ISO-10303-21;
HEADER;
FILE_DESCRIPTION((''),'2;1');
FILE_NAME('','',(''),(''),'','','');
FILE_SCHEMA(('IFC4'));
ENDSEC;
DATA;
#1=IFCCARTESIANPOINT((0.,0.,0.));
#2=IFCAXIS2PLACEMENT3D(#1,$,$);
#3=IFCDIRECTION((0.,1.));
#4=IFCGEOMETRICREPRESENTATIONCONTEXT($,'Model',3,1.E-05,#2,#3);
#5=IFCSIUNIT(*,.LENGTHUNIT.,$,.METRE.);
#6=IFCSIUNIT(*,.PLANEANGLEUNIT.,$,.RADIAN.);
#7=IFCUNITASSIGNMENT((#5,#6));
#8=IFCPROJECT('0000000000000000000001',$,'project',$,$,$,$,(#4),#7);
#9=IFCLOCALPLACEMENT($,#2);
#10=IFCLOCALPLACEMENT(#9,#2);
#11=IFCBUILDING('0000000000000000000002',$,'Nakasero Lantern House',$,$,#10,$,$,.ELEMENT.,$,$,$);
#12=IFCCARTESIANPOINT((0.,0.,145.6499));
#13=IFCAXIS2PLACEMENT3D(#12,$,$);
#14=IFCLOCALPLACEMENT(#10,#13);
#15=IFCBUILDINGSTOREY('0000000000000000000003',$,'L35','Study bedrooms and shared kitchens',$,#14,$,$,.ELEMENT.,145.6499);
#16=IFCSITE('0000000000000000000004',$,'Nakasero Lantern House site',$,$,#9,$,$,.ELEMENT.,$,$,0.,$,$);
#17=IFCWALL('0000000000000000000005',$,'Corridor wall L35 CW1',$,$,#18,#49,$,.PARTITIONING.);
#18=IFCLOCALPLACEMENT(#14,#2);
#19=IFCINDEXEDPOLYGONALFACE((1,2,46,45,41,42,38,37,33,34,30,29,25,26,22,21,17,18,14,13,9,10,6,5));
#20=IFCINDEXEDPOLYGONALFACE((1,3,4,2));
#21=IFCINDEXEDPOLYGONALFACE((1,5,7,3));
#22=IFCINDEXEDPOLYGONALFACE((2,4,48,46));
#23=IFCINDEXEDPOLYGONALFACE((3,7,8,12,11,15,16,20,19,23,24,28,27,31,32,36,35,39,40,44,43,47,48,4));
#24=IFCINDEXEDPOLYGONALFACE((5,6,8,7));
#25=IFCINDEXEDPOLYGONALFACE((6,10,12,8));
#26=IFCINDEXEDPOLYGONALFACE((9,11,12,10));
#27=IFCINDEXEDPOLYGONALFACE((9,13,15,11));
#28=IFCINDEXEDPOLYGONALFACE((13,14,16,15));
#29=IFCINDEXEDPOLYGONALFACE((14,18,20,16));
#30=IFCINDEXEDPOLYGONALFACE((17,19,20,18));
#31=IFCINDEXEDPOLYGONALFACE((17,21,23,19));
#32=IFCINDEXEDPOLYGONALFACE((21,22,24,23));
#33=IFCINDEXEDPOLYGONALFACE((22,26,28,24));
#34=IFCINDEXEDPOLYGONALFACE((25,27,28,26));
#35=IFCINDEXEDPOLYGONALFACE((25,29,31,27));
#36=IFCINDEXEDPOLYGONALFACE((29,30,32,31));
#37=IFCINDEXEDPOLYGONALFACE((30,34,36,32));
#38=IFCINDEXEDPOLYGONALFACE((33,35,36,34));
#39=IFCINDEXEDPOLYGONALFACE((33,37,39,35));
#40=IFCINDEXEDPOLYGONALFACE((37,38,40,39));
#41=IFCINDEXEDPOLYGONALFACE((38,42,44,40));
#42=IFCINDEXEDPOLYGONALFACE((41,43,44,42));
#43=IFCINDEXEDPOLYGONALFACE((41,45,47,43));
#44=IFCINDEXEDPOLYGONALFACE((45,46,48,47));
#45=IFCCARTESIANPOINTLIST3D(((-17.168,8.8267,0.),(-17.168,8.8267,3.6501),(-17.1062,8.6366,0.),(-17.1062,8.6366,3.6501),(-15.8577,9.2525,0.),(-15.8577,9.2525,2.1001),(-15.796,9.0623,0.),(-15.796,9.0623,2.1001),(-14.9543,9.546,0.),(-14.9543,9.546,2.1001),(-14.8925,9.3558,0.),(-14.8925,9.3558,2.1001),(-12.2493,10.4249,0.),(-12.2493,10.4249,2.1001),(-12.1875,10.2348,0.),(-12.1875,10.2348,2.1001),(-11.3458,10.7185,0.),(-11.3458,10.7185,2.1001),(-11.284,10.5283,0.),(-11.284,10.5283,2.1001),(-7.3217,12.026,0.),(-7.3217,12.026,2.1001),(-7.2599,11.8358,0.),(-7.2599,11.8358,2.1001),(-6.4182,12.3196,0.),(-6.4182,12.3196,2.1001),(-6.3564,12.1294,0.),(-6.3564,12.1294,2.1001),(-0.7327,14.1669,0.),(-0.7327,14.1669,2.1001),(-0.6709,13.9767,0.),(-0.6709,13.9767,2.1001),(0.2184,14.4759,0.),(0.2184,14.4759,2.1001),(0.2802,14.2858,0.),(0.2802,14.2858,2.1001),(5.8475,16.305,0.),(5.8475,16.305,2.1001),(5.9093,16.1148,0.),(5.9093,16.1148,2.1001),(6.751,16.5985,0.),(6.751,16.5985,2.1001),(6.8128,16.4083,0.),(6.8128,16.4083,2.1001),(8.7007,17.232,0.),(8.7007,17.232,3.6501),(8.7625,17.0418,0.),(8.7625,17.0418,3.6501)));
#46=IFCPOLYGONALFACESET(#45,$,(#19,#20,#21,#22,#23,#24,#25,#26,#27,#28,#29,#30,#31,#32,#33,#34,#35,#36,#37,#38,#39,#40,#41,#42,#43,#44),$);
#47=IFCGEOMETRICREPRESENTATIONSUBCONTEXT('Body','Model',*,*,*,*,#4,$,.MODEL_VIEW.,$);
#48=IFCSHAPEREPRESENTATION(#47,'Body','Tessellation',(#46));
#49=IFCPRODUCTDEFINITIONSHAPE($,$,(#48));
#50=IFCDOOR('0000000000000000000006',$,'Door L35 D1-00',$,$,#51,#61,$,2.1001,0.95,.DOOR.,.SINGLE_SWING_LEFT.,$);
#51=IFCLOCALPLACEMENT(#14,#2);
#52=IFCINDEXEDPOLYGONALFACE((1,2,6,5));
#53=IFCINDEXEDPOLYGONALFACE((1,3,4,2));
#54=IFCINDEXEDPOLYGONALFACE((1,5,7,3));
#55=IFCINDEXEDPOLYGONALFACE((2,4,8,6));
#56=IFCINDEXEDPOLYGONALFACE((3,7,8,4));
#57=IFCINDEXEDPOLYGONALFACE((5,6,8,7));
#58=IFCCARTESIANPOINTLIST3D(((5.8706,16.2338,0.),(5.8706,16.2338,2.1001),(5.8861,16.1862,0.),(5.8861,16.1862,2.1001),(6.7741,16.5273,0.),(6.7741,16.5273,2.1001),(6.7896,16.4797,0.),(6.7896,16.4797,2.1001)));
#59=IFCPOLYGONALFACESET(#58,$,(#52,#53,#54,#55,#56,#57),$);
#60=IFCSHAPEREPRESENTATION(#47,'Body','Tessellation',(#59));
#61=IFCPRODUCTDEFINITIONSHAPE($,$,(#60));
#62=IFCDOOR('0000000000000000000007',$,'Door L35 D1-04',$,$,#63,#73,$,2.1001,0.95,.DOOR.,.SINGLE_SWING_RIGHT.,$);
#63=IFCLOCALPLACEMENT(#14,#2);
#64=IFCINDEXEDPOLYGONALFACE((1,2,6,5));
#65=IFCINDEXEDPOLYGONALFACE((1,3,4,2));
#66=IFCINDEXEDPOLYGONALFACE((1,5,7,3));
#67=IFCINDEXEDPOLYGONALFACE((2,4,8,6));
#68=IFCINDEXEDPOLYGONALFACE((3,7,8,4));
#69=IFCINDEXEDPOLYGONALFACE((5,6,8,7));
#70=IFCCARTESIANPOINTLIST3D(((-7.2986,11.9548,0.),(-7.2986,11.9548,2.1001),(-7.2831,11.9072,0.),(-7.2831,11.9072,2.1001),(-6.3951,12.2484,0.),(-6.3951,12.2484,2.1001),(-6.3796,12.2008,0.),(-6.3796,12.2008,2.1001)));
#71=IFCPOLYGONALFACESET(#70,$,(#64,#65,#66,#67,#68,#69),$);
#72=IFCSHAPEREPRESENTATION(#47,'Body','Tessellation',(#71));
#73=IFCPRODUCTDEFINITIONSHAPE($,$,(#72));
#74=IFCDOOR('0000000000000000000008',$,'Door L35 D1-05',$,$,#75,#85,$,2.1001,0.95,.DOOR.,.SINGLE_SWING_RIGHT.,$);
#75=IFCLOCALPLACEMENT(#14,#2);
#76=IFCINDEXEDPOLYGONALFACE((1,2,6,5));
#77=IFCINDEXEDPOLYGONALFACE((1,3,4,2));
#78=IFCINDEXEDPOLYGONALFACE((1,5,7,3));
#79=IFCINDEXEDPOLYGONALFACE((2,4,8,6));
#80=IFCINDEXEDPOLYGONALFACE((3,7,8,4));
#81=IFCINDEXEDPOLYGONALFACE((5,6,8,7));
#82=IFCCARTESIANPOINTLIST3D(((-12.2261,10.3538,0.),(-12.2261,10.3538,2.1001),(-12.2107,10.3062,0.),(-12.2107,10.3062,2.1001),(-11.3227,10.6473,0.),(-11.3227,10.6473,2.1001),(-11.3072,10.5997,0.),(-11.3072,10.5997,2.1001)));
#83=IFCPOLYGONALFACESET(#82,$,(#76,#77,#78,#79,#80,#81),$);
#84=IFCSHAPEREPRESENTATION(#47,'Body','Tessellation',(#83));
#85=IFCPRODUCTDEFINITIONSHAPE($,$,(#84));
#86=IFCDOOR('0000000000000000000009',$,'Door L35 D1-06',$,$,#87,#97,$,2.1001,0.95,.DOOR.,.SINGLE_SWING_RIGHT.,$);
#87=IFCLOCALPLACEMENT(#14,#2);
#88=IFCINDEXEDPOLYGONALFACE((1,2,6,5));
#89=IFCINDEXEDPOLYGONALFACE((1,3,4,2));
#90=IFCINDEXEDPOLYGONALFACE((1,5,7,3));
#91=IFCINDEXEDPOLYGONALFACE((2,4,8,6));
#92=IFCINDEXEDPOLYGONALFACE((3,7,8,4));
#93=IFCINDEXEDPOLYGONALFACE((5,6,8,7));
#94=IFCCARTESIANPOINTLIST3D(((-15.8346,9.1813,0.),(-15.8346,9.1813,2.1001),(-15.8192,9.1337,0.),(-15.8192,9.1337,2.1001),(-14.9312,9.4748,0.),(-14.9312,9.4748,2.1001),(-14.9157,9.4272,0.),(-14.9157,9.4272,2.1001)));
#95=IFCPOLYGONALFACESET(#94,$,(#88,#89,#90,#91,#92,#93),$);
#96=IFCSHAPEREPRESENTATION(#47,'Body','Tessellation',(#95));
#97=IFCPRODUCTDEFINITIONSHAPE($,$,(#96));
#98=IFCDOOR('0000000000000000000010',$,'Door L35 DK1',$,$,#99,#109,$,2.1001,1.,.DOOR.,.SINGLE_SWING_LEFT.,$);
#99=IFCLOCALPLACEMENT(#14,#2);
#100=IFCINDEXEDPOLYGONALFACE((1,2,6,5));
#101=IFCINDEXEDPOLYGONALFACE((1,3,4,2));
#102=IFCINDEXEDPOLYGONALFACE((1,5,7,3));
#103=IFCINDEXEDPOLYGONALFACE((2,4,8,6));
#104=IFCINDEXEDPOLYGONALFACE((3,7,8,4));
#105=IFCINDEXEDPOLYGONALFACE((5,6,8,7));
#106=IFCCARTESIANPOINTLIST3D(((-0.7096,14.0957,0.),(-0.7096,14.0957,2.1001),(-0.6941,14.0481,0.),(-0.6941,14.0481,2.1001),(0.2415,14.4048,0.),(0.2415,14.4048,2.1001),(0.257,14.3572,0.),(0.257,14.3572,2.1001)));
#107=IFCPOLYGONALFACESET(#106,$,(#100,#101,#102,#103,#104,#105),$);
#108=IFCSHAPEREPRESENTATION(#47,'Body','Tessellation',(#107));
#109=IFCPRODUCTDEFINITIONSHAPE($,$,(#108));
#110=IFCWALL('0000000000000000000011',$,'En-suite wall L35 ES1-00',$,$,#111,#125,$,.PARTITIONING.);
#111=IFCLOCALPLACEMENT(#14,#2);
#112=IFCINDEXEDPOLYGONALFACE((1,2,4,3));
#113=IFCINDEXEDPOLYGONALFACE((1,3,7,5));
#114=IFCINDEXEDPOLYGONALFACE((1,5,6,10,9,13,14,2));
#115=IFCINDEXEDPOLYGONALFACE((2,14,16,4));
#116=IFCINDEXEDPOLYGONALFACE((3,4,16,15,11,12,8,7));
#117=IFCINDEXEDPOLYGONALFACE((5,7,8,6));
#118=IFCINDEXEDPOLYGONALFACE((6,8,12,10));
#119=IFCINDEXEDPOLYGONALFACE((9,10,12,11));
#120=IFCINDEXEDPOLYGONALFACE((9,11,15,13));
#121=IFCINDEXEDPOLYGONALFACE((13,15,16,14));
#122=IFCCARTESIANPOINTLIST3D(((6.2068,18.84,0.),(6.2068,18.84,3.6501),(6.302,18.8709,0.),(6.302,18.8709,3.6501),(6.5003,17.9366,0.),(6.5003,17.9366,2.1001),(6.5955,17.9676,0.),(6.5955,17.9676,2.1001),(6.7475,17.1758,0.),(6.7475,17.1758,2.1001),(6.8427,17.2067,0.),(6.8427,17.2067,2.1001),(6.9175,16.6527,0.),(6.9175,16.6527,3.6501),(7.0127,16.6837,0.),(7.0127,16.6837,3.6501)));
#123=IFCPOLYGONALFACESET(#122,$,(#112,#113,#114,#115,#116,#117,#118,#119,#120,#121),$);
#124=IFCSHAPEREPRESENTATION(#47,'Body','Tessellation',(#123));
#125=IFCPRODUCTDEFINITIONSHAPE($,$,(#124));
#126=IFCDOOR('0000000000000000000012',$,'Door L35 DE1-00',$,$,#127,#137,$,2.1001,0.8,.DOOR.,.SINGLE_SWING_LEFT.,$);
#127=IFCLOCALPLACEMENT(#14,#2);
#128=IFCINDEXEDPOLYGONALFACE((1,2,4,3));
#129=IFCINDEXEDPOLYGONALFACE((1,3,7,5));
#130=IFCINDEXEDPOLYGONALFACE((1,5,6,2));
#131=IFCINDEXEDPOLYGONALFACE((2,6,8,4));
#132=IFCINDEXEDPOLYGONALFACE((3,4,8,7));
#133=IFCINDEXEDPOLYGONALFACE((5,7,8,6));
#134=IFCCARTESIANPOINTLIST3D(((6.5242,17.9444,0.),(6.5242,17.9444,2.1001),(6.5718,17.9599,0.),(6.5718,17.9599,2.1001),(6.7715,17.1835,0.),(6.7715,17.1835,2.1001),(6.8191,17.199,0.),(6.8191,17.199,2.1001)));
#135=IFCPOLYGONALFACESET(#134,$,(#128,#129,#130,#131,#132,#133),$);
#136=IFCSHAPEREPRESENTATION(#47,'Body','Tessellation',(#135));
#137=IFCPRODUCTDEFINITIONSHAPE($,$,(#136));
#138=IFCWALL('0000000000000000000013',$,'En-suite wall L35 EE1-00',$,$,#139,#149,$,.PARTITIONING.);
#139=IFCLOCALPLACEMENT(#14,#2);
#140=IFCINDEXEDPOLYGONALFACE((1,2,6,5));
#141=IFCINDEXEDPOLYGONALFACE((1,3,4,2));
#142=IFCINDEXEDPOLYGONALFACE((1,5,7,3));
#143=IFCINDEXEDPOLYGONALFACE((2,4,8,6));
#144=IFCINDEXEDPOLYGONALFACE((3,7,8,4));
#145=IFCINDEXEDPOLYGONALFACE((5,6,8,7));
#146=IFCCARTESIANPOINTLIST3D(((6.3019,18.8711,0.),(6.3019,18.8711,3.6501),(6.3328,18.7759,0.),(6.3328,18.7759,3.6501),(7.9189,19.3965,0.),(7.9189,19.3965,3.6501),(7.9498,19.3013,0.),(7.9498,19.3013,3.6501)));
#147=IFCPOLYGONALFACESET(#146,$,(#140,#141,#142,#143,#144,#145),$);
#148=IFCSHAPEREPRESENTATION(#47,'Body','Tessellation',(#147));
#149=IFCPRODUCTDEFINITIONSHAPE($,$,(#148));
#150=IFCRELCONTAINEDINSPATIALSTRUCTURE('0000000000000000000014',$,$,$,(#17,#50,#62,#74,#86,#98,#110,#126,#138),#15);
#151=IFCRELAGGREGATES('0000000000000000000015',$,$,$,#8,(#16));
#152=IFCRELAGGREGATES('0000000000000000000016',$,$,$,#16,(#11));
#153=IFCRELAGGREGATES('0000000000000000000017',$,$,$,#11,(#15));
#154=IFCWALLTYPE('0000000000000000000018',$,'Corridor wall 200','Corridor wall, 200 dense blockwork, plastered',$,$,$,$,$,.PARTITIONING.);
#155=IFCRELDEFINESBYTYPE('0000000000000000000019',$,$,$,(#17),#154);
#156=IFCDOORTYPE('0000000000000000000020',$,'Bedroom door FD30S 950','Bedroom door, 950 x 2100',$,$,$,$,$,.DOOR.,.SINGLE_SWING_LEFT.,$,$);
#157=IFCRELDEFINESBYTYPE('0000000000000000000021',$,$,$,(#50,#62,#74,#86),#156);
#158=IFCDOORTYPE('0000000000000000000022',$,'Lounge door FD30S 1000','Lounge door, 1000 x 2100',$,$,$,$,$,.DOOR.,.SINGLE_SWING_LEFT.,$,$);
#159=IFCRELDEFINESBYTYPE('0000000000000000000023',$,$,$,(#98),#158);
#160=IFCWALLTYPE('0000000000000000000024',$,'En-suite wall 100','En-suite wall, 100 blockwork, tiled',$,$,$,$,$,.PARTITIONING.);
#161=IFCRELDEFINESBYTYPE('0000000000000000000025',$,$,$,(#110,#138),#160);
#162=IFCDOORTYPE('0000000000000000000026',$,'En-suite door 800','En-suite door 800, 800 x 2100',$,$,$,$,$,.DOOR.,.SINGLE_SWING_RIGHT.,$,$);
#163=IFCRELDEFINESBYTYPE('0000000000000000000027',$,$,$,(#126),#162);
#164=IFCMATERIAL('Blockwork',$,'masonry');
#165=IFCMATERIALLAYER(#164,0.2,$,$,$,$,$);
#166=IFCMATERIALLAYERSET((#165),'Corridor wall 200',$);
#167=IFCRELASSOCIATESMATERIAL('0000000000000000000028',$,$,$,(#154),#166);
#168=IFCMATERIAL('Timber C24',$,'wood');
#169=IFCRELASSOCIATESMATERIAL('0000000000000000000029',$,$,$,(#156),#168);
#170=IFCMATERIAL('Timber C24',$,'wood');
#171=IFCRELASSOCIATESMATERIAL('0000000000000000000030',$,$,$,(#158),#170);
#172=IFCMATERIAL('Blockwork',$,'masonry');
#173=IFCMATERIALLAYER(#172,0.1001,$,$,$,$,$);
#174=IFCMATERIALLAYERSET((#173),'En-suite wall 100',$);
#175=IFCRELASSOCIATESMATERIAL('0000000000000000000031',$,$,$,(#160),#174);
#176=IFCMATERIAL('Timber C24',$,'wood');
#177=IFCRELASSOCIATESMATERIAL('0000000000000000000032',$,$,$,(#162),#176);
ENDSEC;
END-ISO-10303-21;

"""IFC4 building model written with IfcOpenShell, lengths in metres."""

from ifc_helpers import new_model, si_unit, direction, frame, frame_2d, origin, place, context, subcontext, project, spatial, rectangle, extrude, material, layer, layer_set, type_object, element, fill, save


model = new_model("IFC4")

# Units and contexts
model_context = context("Model", 3, precision=1e-05, world=origin(), true_north=direction((0.0, 1.0)))
body_context = subcontext(model_context, "Body", "Model", "MODEL_VIEW")
ifc_project = project(units=[si_unit("LENGTHUNIT", "METRE"), si_unit("PLANEANGLEUNIT", "RADIAN")], contexts=[model_context])

# Site, building, storey
site_placement = place(None, origin())
site = spatial("IfcSite", under=ifc_project, at=site_placement, Name="Nakasero Lantern House site", CompositionType="ELEMENT", RefElevation=0.0)
building_placement = place(site_placement, origin())
building = spatial("IfcBuilding", under=site, at=building_placement, Name="Nakasero Lantern House", CompositionType="ELEMENT")
storey_placement = place(building_placement, frame((0.0, 0.0, 145.6499)))
storey = spatial("IfcBuildingStorey", under=building, at=storey_placement, Name="L35", Description="Study bedrooms and shared kitchens", CompositionType="ELEMENT", Elevation=145.6499)

# Wall, openings, doors
ifc_material_1 = material(Name="Blockwork", Category="masonry")
ifc_layer_1 = layer(ifc_material_1, 0.2)
ifc_layer_set_1 = layer_set([ifc_layer_1], Name="Corridor wall 200")
wall_type_1 = type_object("IfcWallType", Name="Corridor wall 200", Description="Corridor wall, 200 dense blockwork, plastered", PredefinedType="PARTITIONING", material=ifc_layer_set_1)
wall_1_placement = place(storey_placement, frame((8.7317, 17.137, 0.0), z_axis=(0.0, 0.0, 1.0), x_axis=(-0.951056, -0.309018, 0.0)))
wall_1 = element("IfcWall", 1, at=wall_1_placement, inside=storey, type_object=wall_type_1, Name="Corridor wall L35 CW1", PredefinedType="PARTITIONING", context=body_context, shape_type="SweptSolid", body=[
    extrude(rectangle(XDim=27.2, YDim=0.2, at=frame_2d((13.6001, 0.0))), origin(), (0.0, 0.0, 1.0), 3.6501),
])
opening_1_placement = place(wall_1_placement, frame((2.05, 0.0, 0.0)))
opening_1 = element("IfcOpeningElement", 2, at=opening_1_placement, cuts=wall_1, PredefinedType="OPENING", context=body_context, shape_type="SweptSolid", body=[
    extrude(rectangle(XDim=0.95, YDim=2.1001, at=frame_2d((0.4751, 1.05))), frame((0.0, 0.1199, 0.0), z_axis=(0.0, -1.0, 0.0), x_axis=(1.0, 0.0, 0.0)), (0.0, 0.0, 1.0), 0.24),
])
opening_2_placement = place(wall_1_placement, frame((15.897, 0.0, 0.0)))
opening_2 = element("IfcOpeningElement", 3, at=opening_2_placement, cuts=wall_1, PredefinedType="OPENING", context=body_context, shape_type="SweptSolid", body=[
    extrude(rectangle(XDim=0.95, YDim=2.1001, at=frame_2d((0.4751, 1.05))), frame((0.0, 0.1199, 0.0), z_axis=(0.0, -1.0, 0.0), x_axis=(1.0, 0.0, 0.0)), (0.0, 0.0, 1.0), 0.24),
])
opening_3_placement = place(wall_1_placement, frame((21.0781, 0.0, 0.0)))
opening_3 = element("IfcOpeningElement", 4, at=opening_3_placement, cuts=wall_1, PredefinedType="OPENING", context=body_context, shape_type="SweptSolid", body=[
    extrude(rectangle(XDim=0.95, YDim=2.1001, at=frame_2d((0.4751, 1.05))), frame((0.0, 0.1199, 0.0), z_axis=(0.0, -1.0, 0.0), x_axis=(1.0, 0.0, 0.0)), (0.0, 0.0, 1.0), 0.24),
])
opening_4_placement = place(wall_1_placement, frame((24.8723, 0.0, 0.0)))
opening_4 = element("IfcOpeningElement", 5, at=opening_4_placement, cuts=wall_1, PredefinedType="OPENING", context=body_context, shape_type="SweptSolid", body=[
    extrude(rectangle(XDim=0.95, YDim=2.1001, at=frame_2d((0.4751, 1.05))), frame((0.0, 0.1199, 0.0), z_axis=(0.0, -1.0, 0.0), x_axis=(1.0, 0.0, 0.0)), (0.0, 0.0, 1.0), 0.24),
])
opening_5_placement = place(wall_1_placement, frame((8.9189, 0.0, 0.0)))
opening_5 = element("IfcOpeningElement", 6, at=opening_5_placement, cuts=wall_1, PredefinedType="OPENING", context=body_context, shape_type="SweptSolid", body=[
    extrude(rectangle(XDim=1.0, YDim=2.1001, at=frame_2d((0.5, 1.05))), frame((0.0, 0.1199, 0.0), z_axis=(0.0, -1.0, 0.0), x_axis=(1.0, 0.0, 0.0)), (0.0, 0.0, 1.0), 0.24),
])
ifc_material_2 = material(Name="Timber C24", Category="wood")
door_type_1 = type_object("IfcDoorType", Name="Bedroom door FD30S 950", Description="Bedroom door, 950 x 2100", OperationType="SINGLE_SWING_LEFT", PredefinedType="DOOR", material=ifc_material_2)
door_1_placement = place(opening_1_placement, origin())
door_1 = element("IfcDoor", 7, at=door_1_placement, inside=storey, type_object=door_type_1, Name="Door L35 D1-00", OperationType="SINGLE_SWING_LEFT", OverallHeight=2.1001, OverallWidth=0.95, PredefinedType="DOOR", context=body_context, shape_type="SweptSolid", body=[
    extrude(rectangle(XDim=0.95, YDim=2.1001, at=frame_2d((0.4751, 1.05))), frame((0.0, 0.0249, 0.0), z_axis=(0.0, -1.0, 0.0), x_axis=(1.0, 0.0, 0.0)), (0.0, 0.0, 1.0), 0.05),
])
fill(opening_1, door_1)
door_2_placement = place(opening_2_placement, origin())
door_2 = element("IfcDoor", 8, at=door_2_placement, inside=storey, type_object=door_type_1, Name="Door L35 D1-04", OperationType="SINGLE_SWING_RIGHT", OverallHeight=2.1001, OverallWidth=0.95, PredefinedType="DOOR", context=body_context, shape_type="SweptSolid", body=[
    extrude(rectangle(XDim=0.95, YDim=2.1001, at=frame_2d((0.4751, 1.05))), frame((0.0, 0.0249, 0.0), z_axis=(0.0, -1.0, 0.0), x_axis=(1.0, 0.0, 0.0)), (0.0, 0.0, 1.0), 0.05),
])
fill(opening_2, door_2)
door_3_placement = place(opening_3_placement, origin())
door_3 = element("IfcDoor", 9, at=door_3_placement, inside=storey, type_object=door_type_1, Name="Door L35 D1-05", OperationType="SINGLE_SWING_RIGHT", OverallHeight=2.1001, OverallWidth=0.95, PredefinedType="DOOR", context=body_context, shape_type="SweptSolid", body=[
    extrude(rectangle(XDim=0.95, YDim=2.1001, at=frame_2d((0.4751, 1.05))), frame((0.0, 0.0249, 0.0), z_axis=(0.0, -1.0, 0.0), x_axis=(1.0, 0.0, 0.0)), (0.0, 0.0, 1.0), 0.05),
])
fill(opening_3, door_3)
door_4_placement = place(opening_4_placement, origin())
door_4 = element("IfcDoor", 10, at=door_4_placement, inside=storey, type_object=door_type_1, Name="Door L35 D1-06", OperationType="SINGLE_SWING_RIGHT", OverallHeight=2.1001, OverallWidth=0.95, PredefinedType="DOOR", context=body_context, shape_type="SweptSolid", body=[
    extrude(rectangle(XDim=0.95, YDim=2.1001, at=frame_2d((0.4751, 1.05))), frame((0.0, 0.0249, 0.0), z_axis=(0.0, -1.0, 0.0), x_axis=(1.0, 0.0, 0.0)), (0.0, 0.0, 1.0), 0.05),
])
fill(opening_4, door_4)
ifc_material_3 = material(Name="Timber C24", Category="wood")
door_type_2 = type_object("IfcDoorType", Name="Lounge door FD30S 1000", Description="Lounge door, 1000 x 2100", OperationType="SINGLE_SWING_LEFT", PredefinedType="DOOR", material=ifc_material_3)
door_5_placement = place(opening_5_placement, origin())
door_5 = element("IfcDoor", 11, at=door_5_placement, inside=storey, type_object=door_type_2, Name="Door L35 DK1", OperationType="SINGLE_SWING_LEFT", OverallHeight=2.1001, OverallWidth=1.0, PredefinedType="DOOR", context=body_context, shape_type="SweptSolid", body=[
    extrude(rectangle(XDim=1.0, YDim=2.1001, at=frame_2d((0.5, 1.05))), frame((0.0, 0.0249, 0.0), z_axis=(0.0, -1.0, 0.0), x_axis=(1.0, 0.0, 0.0)), (0.0, 0.0, 1.0), 0.05),
])
fill(opening_5, door_5)

# Wall, opening, door
ifc_material_4 = material(Name="Blockwork", Category="masonry")
ifc_layer_2 = layer(ifc_material_4, 0.1001)
ifc_layer_set_2 = layer_set([ifc_layer_2], Name="En-suite wall 100")
wall_type_2 = type_object("IfcWallType", Name="En-suite wall 100", Description="En-suite wall, 100 blockwork, tiled", PredefinedType="PARTITIONING", material=ifc_layer_set_2)
wall_2_placement = place(storey_placement, frame((6.9651, 16.6682, 0.0), z_axis=(0.0, 0.0, 1.0), x_axis=(-0.309021, 0.951055, 0.0)))
wall_2 = element("IfcWall", 12, at=wall_2_placement, inside=storey, type_object=wall_type_2, Name="En-suite wall L35 ES1-00", PredefinedType="PARTITIONING", context=body_context, shape_type="SweptSolid", body=[
    extrude(rectangle(XDim=2.2998, YDim=0.1001, at=frame_2d((1.1499, 0.0))), origin(), (0.0, 0.0, 1.0), 3.6501),
])
opening_6_placement = place(wall_2_placement, frame((0.55, 0.0, 0.0)))
opening_6 = element("IfcOpeningElement", 13, at=opening_6_placement, cuts=wall_2, PredefinedType="OPENING", context=body_context, shape_type="SweptSolid", body=[
    extrude(rectangle(XDim=0.8, YDim=2.1001, at=frame_2d((0.3999, 1.05))), frame((0.0, 0.0701, 0.0), z_axis=(0.0, -1.0, 0.0), x_axis=(1.0, 0.0, 0.0)), (0.0, 0.0, 1.0), 0.1401),
])
ifc_material_5 = material(Name="Timber C24", Category="wood")
door_type_3 = type_object("IfcDoorType", Name="En-suite door 800", Description="En-suite door 800, 800 x 2100", OperationType="SINGLE_SWING_RIGHT", PredefinedType="DOOR", material=ifc_material_5)
door_6_placement = place(opening_6_placement, origin())
door_6 = element("IfcDoor", 14, at=door_6_placement, inside=storey, type_object=door_type_3, Name="Door L35 DE1-00", OperationType="SINGLE_SWING_LEFT", OverallHeight=2.1001, OverallWidth=0.8, PredefinedType="DOOR", context=body_context, shape_type="SweptSolid", body=[
    extrude(rectangle(XDim=0.8, YDim=2.1001, at=frame_2d((0.3999, 1.05))), frame((0.0, 0.0249, 0.0), z_axis=(0.0, -1.0, 0.0), x_axis=(1.0, 0.0, 0.0)), (0.0, 0.0, 1.0), 0.05),
])
fill(opening_6, door_6)

# Wall
wall_3_placement = place(storey_placement, frame((7.9343, 19.3489, 0.0), z_axis=(0.0, 0.0, 1.0), x_axis=(-0.951054, -0.309024, 0.0)))
element("IfcWall", 15, at=wall_3_placement, inside=storey, type_object=wall_type_2, Name="En-suite wall L35 EE1-00", PredefinedType="PARTITIONING", context=body_context, shape_type="SweptSolid", body=[
    extrude(rectangle(XDim=1.7002, YDim=0.1001, at=frame_2d((0.8501, 0.0))), origin(), (0.0, 0.0, 1.0), 3.6501),
])

save(model, "model.ifc")
